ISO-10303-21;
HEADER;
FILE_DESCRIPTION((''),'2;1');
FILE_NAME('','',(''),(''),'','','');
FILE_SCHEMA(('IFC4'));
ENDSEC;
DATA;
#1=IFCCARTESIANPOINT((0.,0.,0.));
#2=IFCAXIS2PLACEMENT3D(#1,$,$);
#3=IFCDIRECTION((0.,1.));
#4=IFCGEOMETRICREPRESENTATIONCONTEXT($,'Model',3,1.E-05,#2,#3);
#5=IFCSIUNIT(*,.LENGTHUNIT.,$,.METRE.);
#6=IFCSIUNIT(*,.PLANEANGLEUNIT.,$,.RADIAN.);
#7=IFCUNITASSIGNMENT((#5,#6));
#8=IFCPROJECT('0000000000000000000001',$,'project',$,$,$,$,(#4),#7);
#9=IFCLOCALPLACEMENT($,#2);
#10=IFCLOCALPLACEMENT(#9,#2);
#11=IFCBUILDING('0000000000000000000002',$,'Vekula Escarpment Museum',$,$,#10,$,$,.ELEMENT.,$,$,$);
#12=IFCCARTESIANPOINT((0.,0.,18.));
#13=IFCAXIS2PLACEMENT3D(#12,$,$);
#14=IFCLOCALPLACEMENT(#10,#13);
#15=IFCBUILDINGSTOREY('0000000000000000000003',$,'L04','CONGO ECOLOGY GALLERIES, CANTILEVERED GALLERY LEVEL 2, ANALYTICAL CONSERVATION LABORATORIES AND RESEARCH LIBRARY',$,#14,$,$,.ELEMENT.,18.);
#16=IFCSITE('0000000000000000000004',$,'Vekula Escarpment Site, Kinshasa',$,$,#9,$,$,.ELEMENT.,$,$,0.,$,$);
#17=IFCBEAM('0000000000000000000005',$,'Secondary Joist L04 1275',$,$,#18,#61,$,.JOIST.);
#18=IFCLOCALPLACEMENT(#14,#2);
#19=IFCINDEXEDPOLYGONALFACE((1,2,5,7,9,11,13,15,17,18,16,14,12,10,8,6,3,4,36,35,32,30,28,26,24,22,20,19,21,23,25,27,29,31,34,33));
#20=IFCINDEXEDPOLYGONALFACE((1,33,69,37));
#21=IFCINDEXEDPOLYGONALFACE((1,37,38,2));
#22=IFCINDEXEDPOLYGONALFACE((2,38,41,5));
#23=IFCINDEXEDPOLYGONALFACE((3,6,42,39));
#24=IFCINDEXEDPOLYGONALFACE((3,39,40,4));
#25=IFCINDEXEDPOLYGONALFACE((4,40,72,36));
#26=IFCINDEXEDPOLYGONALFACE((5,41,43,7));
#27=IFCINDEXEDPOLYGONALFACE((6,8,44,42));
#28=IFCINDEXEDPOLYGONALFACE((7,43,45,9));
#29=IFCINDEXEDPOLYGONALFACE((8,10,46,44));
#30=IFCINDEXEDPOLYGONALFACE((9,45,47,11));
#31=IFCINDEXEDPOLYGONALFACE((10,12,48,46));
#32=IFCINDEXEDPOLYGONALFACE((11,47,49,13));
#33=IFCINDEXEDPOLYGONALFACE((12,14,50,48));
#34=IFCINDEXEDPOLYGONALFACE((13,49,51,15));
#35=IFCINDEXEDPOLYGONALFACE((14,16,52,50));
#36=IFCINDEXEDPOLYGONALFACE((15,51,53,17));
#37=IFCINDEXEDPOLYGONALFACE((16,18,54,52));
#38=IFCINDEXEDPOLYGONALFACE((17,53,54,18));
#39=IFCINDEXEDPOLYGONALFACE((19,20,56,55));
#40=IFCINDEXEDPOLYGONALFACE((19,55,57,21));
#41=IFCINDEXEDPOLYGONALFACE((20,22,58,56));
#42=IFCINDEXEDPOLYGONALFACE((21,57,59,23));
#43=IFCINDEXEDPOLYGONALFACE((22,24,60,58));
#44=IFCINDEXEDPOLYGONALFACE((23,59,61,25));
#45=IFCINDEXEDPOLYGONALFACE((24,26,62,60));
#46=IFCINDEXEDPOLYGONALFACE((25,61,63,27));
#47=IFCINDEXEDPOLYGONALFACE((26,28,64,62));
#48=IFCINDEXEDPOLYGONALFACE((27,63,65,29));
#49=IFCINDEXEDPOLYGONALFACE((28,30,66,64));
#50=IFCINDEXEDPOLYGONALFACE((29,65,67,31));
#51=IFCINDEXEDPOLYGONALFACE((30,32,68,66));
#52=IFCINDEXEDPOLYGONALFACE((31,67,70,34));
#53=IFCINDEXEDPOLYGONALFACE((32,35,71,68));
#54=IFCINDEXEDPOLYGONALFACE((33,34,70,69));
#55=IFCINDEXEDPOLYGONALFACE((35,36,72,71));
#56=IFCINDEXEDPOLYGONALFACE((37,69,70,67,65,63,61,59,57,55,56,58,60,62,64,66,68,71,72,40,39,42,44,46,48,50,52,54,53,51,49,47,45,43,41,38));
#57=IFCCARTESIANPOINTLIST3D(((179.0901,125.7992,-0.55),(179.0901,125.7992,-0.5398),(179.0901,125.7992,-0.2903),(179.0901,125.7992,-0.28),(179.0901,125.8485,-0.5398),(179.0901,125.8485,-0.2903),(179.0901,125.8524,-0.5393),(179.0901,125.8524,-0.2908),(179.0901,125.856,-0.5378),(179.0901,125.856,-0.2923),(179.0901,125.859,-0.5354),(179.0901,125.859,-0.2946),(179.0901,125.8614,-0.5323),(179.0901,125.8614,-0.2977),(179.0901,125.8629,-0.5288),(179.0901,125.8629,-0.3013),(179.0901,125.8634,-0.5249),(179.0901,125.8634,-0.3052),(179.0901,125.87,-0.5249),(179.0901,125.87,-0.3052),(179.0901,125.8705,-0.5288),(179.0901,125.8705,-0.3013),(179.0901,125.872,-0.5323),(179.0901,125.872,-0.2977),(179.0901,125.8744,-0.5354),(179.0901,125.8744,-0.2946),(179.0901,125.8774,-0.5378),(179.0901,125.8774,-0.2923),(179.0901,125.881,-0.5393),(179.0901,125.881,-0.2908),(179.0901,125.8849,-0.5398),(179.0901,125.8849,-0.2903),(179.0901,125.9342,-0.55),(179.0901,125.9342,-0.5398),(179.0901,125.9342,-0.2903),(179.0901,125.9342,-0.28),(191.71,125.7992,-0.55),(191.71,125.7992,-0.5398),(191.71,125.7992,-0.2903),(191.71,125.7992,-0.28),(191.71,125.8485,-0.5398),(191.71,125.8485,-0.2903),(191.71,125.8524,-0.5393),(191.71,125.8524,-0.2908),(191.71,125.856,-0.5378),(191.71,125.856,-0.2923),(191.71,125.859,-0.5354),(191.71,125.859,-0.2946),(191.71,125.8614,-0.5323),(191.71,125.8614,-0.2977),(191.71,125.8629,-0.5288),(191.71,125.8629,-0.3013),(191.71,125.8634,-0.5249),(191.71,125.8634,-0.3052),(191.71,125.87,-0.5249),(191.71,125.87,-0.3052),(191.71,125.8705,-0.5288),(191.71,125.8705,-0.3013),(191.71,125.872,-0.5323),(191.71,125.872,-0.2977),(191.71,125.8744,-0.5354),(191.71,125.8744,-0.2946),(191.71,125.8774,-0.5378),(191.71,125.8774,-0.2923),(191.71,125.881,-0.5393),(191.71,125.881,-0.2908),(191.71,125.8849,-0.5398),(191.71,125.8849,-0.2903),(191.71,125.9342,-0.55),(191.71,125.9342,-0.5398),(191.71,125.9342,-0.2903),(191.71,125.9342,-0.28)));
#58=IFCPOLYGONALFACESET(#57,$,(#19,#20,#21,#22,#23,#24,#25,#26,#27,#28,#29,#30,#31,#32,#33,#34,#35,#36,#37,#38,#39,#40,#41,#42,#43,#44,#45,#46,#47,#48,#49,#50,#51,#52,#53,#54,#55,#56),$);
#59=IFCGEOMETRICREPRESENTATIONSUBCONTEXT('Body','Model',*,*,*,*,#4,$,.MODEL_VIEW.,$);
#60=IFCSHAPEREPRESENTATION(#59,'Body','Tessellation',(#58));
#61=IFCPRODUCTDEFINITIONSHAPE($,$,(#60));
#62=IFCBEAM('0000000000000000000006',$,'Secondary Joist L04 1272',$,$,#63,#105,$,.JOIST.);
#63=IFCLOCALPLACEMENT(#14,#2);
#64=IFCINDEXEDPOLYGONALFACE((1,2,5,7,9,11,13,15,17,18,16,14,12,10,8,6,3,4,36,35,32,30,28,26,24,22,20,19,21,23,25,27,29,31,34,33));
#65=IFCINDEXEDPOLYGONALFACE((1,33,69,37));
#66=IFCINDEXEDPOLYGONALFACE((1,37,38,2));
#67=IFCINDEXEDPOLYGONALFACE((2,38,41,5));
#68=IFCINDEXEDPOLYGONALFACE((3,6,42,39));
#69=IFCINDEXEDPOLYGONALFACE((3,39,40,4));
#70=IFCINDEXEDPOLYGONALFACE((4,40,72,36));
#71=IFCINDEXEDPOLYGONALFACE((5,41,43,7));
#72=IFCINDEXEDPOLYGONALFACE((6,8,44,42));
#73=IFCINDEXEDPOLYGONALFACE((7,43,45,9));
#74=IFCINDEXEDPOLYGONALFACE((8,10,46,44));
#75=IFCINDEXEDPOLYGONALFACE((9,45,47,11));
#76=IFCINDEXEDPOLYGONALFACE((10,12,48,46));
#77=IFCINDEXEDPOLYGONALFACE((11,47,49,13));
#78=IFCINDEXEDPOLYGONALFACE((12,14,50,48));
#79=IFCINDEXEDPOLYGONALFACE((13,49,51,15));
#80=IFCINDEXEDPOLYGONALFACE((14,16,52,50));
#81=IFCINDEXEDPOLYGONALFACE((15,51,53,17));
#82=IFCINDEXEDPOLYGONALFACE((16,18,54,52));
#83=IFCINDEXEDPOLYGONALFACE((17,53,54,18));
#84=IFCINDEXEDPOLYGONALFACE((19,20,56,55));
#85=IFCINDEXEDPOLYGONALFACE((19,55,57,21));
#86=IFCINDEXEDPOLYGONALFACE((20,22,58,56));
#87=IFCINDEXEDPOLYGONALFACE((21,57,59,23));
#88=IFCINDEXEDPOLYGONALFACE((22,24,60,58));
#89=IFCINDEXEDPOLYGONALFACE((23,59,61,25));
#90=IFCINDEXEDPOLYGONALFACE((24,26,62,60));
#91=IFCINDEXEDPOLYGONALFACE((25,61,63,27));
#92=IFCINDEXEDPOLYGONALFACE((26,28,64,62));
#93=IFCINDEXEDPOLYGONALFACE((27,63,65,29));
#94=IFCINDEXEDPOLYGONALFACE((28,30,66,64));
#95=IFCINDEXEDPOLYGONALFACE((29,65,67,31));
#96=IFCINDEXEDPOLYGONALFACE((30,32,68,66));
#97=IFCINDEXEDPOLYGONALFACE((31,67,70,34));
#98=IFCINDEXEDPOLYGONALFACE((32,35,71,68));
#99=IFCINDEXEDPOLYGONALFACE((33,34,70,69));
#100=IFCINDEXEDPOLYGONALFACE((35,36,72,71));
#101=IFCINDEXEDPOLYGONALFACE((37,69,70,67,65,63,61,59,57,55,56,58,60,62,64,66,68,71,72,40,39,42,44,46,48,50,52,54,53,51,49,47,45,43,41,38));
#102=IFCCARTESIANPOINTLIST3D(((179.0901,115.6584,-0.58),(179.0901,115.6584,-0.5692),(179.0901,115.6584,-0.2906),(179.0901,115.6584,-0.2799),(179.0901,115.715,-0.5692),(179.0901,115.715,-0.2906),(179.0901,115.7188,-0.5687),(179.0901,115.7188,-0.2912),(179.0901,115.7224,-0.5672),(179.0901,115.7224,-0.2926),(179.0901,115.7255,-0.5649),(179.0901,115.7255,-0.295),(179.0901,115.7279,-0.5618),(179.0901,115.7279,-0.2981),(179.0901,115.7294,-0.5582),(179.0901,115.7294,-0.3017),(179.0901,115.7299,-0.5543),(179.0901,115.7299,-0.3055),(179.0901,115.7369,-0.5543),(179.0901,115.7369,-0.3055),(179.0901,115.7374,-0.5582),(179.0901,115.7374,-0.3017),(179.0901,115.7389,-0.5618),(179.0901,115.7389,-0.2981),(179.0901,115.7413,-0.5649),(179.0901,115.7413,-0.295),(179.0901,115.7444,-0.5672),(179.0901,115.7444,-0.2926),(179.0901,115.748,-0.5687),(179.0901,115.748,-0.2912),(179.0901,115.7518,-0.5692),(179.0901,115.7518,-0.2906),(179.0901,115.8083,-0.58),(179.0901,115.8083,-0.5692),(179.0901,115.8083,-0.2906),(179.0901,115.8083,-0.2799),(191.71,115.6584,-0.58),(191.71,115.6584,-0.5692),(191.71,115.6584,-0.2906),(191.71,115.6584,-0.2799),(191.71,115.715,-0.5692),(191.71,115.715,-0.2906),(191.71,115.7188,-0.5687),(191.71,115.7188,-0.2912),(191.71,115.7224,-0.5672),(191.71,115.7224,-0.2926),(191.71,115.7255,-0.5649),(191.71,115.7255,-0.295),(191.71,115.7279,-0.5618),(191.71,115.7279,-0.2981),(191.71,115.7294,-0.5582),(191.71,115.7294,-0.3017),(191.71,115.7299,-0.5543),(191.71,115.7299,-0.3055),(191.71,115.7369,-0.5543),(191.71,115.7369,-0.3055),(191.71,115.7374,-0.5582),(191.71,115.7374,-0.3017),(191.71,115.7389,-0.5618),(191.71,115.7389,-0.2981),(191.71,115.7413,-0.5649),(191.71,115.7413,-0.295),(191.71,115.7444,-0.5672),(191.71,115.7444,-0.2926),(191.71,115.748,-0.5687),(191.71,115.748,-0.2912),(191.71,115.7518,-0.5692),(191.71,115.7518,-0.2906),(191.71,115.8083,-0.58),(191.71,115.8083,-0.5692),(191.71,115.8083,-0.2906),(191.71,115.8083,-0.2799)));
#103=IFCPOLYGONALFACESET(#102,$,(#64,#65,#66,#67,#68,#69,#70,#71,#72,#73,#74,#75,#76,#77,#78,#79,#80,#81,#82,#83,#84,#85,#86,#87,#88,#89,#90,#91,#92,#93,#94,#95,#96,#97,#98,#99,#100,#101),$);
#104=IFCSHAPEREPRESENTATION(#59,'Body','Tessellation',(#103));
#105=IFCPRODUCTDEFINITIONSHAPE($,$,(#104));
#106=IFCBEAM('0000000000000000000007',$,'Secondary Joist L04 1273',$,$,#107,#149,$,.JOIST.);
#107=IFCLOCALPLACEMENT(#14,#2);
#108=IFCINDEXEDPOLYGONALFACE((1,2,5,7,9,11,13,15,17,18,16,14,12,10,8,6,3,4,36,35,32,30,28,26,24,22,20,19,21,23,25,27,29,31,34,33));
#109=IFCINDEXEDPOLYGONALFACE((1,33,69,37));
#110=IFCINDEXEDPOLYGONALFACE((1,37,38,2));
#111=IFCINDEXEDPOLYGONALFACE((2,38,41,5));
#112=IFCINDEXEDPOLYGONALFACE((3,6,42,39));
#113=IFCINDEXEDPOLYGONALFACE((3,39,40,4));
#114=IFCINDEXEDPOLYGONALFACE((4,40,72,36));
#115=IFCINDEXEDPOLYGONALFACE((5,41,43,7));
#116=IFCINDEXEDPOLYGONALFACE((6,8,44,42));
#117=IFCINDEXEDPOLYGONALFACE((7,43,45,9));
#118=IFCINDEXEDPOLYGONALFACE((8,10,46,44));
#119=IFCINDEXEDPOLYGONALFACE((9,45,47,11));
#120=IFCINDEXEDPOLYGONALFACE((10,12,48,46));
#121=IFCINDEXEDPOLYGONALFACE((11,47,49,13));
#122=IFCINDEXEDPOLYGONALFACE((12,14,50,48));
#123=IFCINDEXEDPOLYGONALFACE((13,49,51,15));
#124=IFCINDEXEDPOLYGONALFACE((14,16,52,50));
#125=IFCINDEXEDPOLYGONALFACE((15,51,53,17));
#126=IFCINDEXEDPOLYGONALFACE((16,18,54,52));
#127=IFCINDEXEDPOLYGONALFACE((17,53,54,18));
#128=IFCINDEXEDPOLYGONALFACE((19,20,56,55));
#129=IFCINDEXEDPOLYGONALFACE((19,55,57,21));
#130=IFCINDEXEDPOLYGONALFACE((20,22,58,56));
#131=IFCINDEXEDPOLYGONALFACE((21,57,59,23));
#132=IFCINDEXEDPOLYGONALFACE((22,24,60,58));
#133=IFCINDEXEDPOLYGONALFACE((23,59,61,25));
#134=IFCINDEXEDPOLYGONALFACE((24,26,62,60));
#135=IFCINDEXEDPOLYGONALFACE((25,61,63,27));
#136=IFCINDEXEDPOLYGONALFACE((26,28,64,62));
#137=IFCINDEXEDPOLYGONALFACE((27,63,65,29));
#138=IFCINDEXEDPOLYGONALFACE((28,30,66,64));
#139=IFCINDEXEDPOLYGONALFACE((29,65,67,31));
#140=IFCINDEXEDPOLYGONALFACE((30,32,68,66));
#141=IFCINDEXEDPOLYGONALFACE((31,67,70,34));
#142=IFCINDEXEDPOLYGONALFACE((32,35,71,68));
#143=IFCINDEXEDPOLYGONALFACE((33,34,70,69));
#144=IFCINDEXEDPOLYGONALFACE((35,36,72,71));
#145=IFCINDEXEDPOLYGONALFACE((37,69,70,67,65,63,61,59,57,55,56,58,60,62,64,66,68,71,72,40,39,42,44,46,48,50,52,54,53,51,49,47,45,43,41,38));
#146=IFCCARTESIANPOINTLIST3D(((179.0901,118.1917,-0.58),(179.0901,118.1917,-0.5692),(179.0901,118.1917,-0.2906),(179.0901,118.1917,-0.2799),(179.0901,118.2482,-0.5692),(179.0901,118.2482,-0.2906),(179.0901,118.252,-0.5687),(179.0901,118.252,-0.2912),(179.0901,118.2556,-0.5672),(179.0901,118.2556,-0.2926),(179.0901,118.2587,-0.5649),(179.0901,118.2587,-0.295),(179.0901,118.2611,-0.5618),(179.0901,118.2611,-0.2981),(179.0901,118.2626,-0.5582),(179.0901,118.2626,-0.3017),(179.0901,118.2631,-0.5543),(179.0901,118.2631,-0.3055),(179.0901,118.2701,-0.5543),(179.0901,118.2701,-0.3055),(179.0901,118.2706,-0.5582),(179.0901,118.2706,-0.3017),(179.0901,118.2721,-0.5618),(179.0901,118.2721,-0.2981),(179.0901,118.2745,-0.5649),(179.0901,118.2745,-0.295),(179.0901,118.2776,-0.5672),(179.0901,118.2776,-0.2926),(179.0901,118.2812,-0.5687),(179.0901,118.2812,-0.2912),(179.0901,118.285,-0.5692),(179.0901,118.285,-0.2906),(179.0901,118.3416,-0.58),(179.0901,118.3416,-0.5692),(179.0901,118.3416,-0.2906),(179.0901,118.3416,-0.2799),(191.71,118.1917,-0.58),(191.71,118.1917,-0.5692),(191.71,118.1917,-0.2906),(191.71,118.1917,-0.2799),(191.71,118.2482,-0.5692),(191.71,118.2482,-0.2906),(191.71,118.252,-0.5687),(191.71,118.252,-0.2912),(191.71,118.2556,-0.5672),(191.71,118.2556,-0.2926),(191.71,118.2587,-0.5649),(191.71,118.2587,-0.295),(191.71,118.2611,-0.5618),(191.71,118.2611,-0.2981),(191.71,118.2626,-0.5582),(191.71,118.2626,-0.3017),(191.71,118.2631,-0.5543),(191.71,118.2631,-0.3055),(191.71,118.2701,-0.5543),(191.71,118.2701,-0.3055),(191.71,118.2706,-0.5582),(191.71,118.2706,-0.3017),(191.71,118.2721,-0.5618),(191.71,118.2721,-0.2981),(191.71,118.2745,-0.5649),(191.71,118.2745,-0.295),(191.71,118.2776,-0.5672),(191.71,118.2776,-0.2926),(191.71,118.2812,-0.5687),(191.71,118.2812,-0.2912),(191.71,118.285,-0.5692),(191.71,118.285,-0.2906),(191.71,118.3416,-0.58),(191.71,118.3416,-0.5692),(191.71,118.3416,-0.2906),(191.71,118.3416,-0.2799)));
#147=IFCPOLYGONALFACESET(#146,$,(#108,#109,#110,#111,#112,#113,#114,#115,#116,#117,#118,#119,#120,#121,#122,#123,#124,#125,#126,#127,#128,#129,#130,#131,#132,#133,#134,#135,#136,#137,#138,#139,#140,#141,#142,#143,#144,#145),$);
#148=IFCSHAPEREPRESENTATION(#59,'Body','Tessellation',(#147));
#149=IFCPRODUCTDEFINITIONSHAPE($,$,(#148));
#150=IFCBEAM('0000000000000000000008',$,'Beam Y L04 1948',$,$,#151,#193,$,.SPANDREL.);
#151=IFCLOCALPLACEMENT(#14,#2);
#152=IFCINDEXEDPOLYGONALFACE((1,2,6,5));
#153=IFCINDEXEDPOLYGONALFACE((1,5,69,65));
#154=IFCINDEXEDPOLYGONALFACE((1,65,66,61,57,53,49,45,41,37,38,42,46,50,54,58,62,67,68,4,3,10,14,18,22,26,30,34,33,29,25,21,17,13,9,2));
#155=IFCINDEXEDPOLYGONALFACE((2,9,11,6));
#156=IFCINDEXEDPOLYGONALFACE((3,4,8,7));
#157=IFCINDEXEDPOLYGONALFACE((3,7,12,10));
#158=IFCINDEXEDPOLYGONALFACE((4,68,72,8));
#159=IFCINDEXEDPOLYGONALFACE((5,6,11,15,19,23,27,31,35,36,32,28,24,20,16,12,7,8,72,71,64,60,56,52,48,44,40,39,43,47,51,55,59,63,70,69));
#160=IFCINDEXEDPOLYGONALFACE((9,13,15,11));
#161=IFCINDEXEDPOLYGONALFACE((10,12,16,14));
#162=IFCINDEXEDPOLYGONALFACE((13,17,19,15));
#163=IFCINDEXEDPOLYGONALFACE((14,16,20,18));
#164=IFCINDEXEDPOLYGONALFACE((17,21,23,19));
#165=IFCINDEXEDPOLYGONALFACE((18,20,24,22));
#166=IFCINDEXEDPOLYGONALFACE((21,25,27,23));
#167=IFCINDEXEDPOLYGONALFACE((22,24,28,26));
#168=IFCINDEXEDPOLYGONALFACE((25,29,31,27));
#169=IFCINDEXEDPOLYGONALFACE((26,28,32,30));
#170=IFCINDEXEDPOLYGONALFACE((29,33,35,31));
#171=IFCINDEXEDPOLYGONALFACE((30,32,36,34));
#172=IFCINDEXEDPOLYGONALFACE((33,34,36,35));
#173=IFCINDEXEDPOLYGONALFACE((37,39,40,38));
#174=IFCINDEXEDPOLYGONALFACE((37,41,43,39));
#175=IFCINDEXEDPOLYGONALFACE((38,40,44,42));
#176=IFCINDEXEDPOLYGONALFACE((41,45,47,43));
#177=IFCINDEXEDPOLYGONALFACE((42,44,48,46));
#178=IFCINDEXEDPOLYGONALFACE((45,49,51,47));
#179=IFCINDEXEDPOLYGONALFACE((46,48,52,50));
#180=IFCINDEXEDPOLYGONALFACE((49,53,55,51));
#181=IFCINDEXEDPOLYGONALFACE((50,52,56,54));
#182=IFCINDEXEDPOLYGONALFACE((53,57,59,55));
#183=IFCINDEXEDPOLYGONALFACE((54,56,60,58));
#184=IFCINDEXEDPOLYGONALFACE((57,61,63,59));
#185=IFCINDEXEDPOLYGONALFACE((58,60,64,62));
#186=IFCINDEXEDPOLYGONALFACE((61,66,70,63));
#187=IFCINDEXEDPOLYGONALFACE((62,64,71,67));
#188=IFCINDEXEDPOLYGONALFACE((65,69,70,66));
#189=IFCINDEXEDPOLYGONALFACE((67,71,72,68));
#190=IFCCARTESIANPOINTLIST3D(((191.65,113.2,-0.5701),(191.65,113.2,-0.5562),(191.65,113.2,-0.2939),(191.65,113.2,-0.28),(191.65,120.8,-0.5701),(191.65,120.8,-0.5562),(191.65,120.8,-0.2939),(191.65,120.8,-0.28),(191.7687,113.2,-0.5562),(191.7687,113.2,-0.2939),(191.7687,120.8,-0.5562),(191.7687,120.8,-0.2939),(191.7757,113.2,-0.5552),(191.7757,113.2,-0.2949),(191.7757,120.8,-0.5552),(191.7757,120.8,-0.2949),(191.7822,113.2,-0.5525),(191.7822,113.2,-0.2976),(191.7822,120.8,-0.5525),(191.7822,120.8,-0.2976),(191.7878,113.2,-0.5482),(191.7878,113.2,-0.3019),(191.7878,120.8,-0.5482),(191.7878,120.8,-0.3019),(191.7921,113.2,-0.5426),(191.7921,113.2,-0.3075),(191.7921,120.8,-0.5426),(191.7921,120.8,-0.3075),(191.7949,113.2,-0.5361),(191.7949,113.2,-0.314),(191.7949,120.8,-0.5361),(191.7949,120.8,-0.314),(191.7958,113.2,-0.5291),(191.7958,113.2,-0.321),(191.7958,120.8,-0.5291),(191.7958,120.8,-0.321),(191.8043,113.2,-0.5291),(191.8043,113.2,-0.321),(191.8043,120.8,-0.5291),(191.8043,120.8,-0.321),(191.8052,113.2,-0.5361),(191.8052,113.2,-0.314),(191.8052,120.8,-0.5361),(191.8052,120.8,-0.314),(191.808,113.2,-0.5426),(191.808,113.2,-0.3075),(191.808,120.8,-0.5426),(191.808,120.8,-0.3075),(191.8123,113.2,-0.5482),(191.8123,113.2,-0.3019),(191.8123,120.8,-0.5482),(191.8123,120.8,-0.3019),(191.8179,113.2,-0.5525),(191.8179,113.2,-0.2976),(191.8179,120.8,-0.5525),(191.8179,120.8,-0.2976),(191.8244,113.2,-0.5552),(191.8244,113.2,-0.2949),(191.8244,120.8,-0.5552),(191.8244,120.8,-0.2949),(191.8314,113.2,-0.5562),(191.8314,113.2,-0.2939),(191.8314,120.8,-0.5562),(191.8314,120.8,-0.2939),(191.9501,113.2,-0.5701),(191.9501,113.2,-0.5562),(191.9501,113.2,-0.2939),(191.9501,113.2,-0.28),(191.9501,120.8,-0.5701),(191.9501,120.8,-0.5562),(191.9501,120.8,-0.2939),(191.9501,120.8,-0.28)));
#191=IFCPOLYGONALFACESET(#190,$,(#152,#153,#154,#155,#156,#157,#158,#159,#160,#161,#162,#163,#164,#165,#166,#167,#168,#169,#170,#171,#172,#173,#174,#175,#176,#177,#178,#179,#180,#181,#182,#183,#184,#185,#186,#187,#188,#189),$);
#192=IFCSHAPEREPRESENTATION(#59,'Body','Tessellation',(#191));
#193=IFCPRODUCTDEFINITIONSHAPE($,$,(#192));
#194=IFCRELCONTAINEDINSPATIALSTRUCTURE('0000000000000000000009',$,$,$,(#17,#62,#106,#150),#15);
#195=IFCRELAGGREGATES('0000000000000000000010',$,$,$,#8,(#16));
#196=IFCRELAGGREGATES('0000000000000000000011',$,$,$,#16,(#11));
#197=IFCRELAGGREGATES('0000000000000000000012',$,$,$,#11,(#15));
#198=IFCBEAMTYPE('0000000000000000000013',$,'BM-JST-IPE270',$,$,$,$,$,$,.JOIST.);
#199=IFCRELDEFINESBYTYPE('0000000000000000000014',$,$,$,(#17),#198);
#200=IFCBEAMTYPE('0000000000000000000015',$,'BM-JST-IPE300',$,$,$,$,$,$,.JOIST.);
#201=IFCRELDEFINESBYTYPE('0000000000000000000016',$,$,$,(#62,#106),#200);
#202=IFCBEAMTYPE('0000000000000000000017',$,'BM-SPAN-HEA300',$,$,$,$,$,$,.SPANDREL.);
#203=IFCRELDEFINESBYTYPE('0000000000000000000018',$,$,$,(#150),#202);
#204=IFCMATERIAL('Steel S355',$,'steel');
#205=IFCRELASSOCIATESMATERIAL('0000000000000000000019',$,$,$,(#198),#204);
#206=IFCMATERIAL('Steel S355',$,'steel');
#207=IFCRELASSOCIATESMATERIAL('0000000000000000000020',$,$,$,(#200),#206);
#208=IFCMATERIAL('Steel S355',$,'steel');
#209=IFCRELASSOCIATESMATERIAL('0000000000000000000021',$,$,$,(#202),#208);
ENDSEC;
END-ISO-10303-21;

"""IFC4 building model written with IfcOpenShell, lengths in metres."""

from ifc_helpers import new_model, si_unit, direction, frame, origin, origin_2d, place, context, subcontext, project, spatial, i_section, extrude, material, material_profile, profile_set, type_object, element, save


model = new_model("IFC4")

# Units and contexts
model_context = context("Model", 3, precision=1e-05, world=origin(), true_north=direction((0.0, 1.0)))
body_context = subcontext(model_context, "Body", "Model", "MODEL_VIEW")
ifc_project = project(units=[si_unit("LENGTHUNIT", "METRE"), si_unit("PLANEANGLEUNIT", "RADIAN")], contexts=[model_context])

# Site, building, storey
site_placement = place(None, origin())
site = spatial("IfcSite", under=ifc_project, at=site_placement, Name="Vekula Escarpment Site, Kinshasa", CompositionType="ELEMENT", RefElevation=0.0)
building_placement = place(site_placement, origin())
building = spatial("IfcBuilding", under=site, at=building_placement, Name="Vekula Escarpment Museum", CompositionType="ELEMENT")
storey_placement = place(building_placement, frame((0.0, 0.0, 18.0)))
storey = spatial("IfcBuildingStorey", under=building, at=storey_placement, Name="L04", Description="CONGO ECOLOGY GALLERIES, CANTILEVERED GALLERY LEVEL 2, ANALYTICAL CONSERVATION LABORATORIES AND RESEARCH LIBRARY", CompositionType="ELEMENT", Elevation=18.0)

# Beams
ifc_material_1 = material(Name="Steel S355", Category="steel")
ifc_material_profile_1 = material_profile(ifc_material_1, i_section(OverallWidth=0.135, OverallDepth=0.27, WebThickness=0.0066, FlangeThickness=0.0103, FilletRadius=0.0149, at=origin_2d()), Name="IPE 270")
ifc_profile_set_1 = profile_set([ifc_material_profile_1], Name="Steel S355")
beam_type_1 = type_object("IfcBeamType", Name="BM-JST-IPE270", PredefinedType="JOIST", material=ifc_profile_set_1)
for number, where, z_axis, x_axis, name in (
    (1, (179.0901, 125.8667, -0.415), (1.0, 0.0, 0.0), (0.0, 1.0, 0.0), "Secondary Joist L04 1275"),
):
    element("IfcBeam", number, at=place(storey_placement, frame(where, z_axis=z_axis, x_axis=x_axis)), inside=storey, type_object=beam_type_1, Name=name, PredefinedType="JOIST", context=body_context, shape_type="SweptSolid", body=[
        extrude(i_section(OverallWidth=0.135, OverallDepth=0.27, WebThickness=0.0066, FlangeThickness=0.0103, FilletRadius=0.0149, at=origin_2d()), origin(), (0.0, 0.0, 1.0), 12.6199),
    ])
ifc_material_2 = material(Name="Steel S355", Category="steel")
ifc_material_profile_2 = material_profile(ifc_material_2, i_section(OverallWidth=0.1499, OverallDepth=0.3, WebThickness=0.0071, FlangeThickness=0.0107, FilletRadius=0.0149, at=origin_2d()), Name="IPE 300")
ifc_profile_set_2 = profile_set([ifc_material_profile_2], Name="Steel S355")
beam_type_2 = type_object("IfcBeamType", Name="BM-JST-IPE300", PredefinedType="JOIST", material=ifc_profile_set_2)
for number, where, z_axis, x_axis, name in (
    (2, (179.0901, 115.7334, -0.4299), (1.0, 0.0, 0.0), (0.0, 1.0, 0.0), "Secondary Joist L04 1272"),
    (3, (179.0901, 118.2666, -0.4299), (1.0, 0.0, 0.0), (0.0, 1.0, 0.0), "Secondary Joist L04 1273"),
):
    element("IfcBeam", number, at=place(storey_placement, frame(where, z_axis=z_axis, x_axis=x_axis)), inside=storey, type_object=beam_type_2, Name=name, PredefinedType="JOIST", context=body_context, shape_type="SweptSolid", body=[
        extrude(i_section(OverallWidth=0.1499, OverallDepth=0.3, WebThickness=0.0071, FlangeThickness=0.0107, FilletRadius=0.0149, at=origin_2d()), origin(), (0.0, 0.0, 1.0), 12.6199),
    ])
ifc_material_3 = material(Name="Steel S355", Category="steel")
ifc_material_profile_3 = material_profile(ifc_material_3, i_section(OverallWidth=0.3, OverallDepth=0.29, WebThickness=0.0085, FlangeThickness=0.0139, FilletRadius=0.0271, at=origin_2d()), Name="HEA 300")
ifc_profile_set_3 = profile_set([ifc_material_profile_3], Name="Steel S355")
beam_type_3 = type_object("IfcBeamType", Name="BM-SPAN-HEA300", PredefinedType="SPANDREL", material=ifc_profile_set_3)
beam_1_placement = place(storey_placement, frame((191.8, 113.2, -0.425), z_axis=(0.0, 1.0, 0.0), x_axis=(-1.0, 0.0, 0.0)))
element("IfcBeam", 4, at=beam_1_placement, inside=storey, type_object=beam_type_3, Name="Beam Y L04 1948", PredefinedType="SPANDREL", context=body_context, shape_type="SweptSolid", body=[
    extrude(i_section(OverallWidth=0.3, OverallDepth=0.29, WebThickness=0.0085, FlangeThickness=0.0139, FilletRadius=0.0271, at=origin_2d()), origin(), (0.0, 0.0, 1.0), 7.6001),
])

save(model, "model.ifc")
